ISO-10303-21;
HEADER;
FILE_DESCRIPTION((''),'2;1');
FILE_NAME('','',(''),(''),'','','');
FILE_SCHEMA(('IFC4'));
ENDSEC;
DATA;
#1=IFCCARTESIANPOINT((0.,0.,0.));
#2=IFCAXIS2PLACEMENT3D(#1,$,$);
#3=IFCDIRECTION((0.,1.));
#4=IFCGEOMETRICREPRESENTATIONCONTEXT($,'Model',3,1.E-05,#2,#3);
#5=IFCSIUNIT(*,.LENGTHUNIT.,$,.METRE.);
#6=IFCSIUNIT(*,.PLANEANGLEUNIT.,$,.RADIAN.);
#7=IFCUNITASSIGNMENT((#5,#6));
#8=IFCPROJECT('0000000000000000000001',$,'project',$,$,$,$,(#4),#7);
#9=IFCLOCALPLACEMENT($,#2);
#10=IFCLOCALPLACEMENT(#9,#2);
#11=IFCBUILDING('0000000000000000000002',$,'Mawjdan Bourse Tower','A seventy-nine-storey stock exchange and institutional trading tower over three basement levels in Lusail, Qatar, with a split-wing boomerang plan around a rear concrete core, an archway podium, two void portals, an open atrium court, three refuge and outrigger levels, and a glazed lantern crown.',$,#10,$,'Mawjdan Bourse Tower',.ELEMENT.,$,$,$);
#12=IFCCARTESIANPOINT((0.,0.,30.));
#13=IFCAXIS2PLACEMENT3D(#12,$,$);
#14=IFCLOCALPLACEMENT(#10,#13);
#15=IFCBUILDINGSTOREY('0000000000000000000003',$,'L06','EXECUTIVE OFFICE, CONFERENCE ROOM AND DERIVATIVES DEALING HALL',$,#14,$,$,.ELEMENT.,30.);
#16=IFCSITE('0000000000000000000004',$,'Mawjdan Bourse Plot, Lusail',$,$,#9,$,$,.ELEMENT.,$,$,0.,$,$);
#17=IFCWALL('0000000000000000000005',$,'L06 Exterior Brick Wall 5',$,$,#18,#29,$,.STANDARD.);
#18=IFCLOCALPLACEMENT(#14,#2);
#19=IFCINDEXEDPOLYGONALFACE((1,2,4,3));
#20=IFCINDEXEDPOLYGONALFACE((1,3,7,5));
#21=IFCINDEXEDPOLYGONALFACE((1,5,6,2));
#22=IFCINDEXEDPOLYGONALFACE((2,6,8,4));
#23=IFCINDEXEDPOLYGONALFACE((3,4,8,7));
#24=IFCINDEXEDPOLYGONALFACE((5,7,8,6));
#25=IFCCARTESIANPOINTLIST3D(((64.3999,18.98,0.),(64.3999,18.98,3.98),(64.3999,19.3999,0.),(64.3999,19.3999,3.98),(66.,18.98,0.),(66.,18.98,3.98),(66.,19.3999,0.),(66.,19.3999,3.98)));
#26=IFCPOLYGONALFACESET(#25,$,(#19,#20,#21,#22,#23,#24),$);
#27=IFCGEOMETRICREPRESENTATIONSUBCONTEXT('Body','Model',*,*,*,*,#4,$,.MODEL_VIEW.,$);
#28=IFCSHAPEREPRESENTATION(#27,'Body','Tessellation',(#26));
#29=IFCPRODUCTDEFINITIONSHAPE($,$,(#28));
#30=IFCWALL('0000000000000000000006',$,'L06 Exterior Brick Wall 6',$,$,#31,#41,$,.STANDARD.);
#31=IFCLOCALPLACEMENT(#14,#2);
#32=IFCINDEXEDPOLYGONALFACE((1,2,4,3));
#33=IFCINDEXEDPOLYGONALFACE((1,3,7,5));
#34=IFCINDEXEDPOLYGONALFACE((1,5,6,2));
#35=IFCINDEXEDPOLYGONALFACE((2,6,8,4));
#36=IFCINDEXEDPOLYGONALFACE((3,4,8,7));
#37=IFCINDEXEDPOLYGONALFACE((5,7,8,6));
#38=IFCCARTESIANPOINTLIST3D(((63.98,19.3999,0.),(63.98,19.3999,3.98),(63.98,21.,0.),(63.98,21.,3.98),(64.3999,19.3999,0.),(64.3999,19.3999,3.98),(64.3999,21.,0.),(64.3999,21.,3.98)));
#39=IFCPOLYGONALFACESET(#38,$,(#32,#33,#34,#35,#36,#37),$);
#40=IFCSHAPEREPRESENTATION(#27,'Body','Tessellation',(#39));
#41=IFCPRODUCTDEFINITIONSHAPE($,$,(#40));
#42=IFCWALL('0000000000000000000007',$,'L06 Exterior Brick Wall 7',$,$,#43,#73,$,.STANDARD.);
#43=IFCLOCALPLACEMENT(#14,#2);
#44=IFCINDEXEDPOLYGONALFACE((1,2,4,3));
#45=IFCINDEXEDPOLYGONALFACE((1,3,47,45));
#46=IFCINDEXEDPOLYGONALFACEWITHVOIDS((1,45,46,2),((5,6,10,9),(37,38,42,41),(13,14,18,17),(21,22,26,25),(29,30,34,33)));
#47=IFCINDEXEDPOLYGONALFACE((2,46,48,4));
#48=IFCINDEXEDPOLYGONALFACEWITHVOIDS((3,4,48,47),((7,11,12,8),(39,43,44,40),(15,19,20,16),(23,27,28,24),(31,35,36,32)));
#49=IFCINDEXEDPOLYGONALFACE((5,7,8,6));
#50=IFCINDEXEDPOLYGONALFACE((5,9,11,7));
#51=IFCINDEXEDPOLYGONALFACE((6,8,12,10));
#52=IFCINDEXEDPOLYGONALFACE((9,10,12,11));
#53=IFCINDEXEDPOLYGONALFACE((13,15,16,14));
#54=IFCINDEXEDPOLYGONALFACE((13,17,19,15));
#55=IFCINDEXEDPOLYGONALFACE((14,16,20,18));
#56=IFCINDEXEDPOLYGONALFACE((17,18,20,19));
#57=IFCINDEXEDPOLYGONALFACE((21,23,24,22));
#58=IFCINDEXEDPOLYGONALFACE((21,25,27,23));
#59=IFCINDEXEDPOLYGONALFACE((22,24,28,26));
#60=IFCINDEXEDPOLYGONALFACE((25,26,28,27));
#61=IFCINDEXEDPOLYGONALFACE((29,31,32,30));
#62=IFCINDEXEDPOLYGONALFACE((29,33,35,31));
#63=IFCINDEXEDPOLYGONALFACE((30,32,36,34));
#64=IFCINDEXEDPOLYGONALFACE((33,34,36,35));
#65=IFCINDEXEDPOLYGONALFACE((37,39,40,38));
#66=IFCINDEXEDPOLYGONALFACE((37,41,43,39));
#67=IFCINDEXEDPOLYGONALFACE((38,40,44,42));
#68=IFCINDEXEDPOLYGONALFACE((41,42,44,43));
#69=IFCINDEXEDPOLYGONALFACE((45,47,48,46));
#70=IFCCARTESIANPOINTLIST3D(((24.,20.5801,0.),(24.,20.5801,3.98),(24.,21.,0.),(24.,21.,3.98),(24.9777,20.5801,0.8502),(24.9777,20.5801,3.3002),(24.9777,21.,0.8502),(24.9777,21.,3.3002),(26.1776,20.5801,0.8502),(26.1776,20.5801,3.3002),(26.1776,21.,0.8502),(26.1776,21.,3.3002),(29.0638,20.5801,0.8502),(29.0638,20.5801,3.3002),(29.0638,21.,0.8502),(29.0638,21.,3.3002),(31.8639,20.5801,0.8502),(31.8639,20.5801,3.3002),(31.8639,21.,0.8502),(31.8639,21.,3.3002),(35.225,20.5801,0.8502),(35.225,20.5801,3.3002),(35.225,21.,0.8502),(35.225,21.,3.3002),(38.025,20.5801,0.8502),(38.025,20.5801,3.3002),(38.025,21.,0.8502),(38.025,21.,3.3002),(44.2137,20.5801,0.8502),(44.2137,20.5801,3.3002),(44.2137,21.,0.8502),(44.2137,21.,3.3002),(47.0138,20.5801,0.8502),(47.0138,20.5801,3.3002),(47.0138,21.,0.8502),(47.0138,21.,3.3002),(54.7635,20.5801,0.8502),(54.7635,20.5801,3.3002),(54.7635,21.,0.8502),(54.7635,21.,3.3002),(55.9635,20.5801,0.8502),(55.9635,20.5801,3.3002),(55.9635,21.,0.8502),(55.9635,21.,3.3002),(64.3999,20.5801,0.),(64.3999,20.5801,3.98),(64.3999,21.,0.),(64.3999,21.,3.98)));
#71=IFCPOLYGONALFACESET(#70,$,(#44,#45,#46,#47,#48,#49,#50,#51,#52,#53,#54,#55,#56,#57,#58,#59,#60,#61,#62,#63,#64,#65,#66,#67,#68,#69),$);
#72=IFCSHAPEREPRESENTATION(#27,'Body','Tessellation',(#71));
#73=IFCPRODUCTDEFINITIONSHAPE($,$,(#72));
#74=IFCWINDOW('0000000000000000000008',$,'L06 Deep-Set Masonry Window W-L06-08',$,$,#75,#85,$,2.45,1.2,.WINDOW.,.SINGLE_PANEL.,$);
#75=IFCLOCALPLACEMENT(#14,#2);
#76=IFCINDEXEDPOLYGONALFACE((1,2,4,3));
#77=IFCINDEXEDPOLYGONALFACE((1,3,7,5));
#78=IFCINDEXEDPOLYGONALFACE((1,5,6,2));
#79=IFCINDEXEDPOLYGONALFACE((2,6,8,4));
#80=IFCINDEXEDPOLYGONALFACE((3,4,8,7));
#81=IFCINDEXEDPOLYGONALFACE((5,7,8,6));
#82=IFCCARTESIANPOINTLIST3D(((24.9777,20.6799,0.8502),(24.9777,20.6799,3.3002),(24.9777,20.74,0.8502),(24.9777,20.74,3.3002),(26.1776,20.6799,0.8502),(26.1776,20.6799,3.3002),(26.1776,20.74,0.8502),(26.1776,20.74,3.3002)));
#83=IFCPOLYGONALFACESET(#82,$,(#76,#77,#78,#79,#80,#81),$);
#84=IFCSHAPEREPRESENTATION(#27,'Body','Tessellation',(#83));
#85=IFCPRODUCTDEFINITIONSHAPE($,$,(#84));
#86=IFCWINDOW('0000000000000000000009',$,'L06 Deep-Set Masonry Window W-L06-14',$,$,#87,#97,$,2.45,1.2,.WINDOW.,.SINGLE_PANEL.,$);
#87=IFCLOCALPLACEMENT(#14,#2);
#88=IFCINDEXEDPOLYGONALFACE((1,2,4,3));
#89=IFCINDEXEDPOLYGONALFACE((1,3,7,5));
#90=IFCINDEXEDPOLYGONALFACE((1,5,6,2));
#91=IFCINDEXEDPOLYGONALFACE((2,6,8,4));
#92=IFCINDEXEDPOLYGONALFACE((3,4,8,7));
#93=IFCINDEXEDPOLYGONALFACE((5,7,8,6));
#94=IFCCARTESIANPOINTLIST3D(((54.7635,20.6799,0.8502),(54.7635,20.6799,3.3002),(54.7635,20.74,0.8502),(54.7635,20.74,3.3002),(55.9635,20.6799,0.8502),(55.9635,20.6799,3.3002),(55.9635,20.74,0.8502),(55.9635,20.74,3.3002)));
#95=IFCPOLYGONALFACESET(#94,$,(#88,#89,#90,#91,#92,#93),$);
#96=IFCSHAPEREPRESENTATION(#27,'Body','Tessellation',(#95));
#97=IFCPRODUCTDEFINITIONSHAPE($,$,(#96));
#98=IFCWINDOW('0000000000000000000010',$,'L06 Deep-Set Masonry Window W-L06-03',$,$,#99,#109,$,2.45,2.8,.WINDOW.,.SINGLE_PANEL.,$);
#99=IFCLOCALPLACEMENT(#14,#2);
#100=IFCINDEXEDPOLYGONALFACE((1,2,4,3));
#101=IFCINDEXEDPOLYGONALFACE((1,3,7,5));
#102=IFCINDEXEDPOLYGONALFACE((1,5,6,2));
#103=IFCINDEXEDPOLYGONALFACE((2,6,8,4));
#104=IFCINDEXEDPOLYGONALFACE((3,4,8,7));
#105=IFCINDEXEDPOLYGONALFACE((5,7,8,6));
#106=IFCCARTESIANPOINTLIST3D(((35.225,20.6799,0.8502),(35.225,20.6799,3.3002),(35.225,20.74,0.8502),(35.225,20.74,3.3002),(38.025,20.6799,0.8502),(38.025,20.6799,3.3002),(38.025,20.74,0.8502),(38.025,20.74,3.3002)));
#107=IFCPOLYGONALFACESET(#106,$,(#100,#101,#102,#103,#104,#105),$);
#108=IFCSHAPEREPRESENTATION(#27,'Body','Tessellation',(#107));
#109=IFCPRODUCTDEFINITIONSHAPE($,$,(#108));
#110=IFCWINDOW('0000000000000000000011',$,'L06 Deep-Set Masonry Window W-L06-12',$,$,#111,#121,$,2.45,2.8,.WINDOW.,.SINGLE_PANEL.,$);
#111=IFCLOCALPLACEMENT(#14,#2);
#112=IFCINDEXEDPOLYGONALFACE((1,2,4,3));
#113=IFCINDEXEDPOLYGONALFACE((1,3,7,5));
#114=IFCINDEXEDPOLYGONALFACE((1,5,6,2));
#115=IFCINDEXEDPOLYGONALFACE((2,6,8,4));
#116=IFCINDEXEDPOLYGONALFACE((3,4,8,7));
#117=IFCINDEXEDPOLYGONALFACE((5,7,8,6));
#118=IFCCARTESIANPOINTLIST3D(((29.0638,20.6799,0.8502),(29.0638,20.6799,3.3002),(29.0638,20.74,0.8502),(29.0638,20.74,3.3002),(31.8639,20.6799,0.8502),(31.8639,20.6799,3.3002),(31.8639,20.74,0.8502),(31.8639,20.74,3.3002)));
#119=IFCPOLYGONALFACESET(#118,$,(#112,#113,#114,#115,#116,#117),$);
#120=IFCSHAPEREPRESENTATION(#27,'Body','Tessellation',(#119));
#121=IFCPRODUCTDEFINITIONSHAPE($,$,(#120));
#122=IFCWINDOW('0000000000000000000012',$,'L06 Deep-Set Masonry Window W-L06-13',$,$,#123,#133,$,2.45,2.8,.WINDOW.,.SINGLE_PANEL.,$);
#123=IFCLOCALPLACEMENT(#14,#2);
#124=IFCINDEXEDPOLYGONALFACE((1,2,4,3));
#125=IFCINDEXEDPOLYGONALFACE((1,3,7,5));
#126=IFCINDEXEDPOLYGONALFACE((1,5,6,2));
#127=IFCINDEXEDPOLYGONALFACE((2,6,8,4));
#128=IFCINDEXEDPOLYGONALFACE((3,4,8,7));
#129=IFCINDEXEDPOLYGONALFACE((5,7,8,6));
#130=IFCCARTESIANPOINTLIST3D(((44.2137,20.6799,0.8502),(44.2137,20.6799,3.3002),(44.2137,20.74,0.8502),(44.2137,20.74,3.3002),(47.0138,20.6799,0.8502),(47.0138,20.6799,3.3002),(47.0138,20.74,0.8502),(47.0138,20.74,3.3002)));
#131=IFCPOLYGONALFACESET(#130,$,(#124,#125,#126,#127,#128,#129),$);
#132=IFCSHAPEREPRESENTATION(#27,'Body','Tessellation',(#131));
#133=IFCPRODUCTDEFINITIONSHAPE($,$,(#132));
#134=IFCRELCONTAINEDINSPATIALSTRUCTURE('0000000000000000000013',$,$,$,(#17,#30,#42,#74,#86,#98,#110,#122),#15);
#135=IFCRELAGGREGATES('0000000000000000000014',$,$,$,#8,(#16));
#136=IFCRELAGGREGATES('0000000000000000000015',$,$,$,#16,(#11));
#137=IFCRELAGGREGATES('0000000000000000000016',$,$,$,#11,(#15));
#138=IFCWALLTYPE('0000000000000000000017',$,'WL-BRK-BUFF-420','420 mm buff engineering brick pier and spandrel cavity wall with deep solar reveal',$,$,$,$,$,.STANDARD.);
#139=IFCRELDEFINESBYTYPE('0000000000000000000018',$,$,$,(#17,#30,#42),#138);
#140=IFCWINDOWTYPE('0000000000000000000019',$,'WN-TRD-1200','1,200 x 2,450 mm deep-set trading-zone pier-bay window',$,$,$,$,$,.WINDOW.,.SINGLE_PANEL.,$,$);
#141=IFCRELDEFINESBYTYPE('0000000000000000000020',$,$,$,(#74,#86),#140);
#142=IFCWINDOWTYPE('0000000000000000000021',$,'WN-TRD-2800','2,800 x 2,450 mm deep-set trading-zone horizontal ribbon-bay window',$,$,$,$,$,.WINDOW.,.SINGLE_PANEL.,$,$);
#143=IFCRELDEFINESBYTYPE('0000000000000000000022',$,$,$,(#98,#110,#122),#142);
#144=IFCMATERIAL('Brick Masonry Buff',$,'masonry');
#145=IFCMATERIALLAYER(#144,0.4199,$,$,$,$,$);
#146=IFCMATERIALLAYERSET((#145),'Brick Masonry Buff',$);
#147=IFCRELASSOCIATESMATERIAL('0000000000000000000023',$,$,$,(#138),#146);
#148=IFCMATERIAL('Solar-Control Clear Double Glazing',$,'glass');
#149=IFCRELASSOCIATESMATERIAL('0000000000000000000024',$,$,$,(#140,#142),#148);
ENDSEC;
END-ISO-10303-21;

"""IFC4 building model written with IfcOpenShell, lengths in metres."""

from ifc_helpers import new_model, si_unit, direction, frame, frame_2d, origin, place, context, subcontext, project, spatial, rectangle, extrude, material, layer, layer_set, type_object, element, fill, save


model = new_model("IFC4")

# Units and contexts
model_context = context("Model", 3, precision=1e-05, world=origin(), true_north=direction((0.0, 1.0)))
body_context = subcontext(model_context, "Body", "Model", "MODEL_VIEW")
ifc_project = project(units=[si_unit("LENGTHUNIT", "METRE"), si_unit("PLANEANGLEUNIT", "RADIAN")], contexts=[model_context])

# Site, building, storey
site_placement = place(None, origin())
site = spatial("IfcSite", under=ifc_project, at=site_placement, Name="Mawjdan Bourse Plot, Lusail", CompositionType="ELEMENT", RefElevation=0.0)
building_placement = place(site_placement, origin())
building = spatial("IfcBuilding", under=site, at=building_placement, Name="Mawjdan Bourse Tower", Description="A seventy-nine-storey stock exchange and institutional trading tower over three basement levels in Lusail, Qatar, with a split-wing boomerang plan around a rear concrete core, an archway podium, two void portals, an open atrium court, three refuge and outrigger levels, and a glazed lantern crown.", LongName="Mawjdan Bourse Tower", CompositionType="ELEMENT")
storey_placement = place(building_placement, frame((0.0, 0.0, 30.0)))
storey = spatial("IfcBuildingStorey", under=building, at=storey_placement, Name="L06", Description="EXECUTIVE OFFICE, CONFERENCE ROOM AND DERIVATIVES DEALING HALL", CompositionType="ELEMENT", Elevation=30.0)

# Walls
ifc_material_1 = material(Name="Brick Masonry Buff", Category="masonry")
ifc_layer = layer(ifc_material_1, 0.4199)
ifc_layer_set = layer_set([ifc_layer], Name="Brick Masonry Buff")
wall_type = type_object("IfcWallType", Name="WL-BRK-BUFF-420", Description="420 mm buff engineering brick pier and spandrel cavity wall with deep solar reveal", PredefinedType="STANDARD", material=ifc_layer_set)
for number, where, z_axis, x_axis, name in (
    (1, (66.0, 19.1899, 0.0), (0.0, 0.0, 1.0), (-1.0, 0.0, 0.0), "L06 Exterior Brick Wall 5"),
    (2, (64.1899, 19.3999, 0.0), (0.0, 0.0, 1.0), (0.0, 1.0, 0.0), "L06 Exterior Brick Wall 6"),
):
    element("IfcWall", number, at=place(storey_placement, frame(where, z_axis=z_axis, x_axis=x_axis)), inside=storey, type_object=wall_type, Name=name, PredefinedType="STANDARD", context=body_context, shape_type="SweptSolid", body=[
        extrude(rectangle(XDim=1.6001, YDim=0.4199, at=frame_2d((0.8, 0.0))), origin(), (0.0, 0.0, 1.0), 3.98),
    ])

# Wall, openings, windows
wall_placement = place(storey_placement, frame((64.3999, 20.79, 0.0), z_axis=(0.0, 0.0, 1.0), x_axis=(-1.0, 0.0, 0.0)))
wall = element("IfcWall", 3, at=wall_placement, inside=storey, type_object=wall_type, Name="L06 Exterior Brick Wall 7", PredefinedType="STANDARD", context=body_context, shape_type="SweptSolid", body=[
    extrude(rectangle(XDim=40.3999, YDim=0.4199, at=frame_2d((20.2, 0.0))), origin(), (0.0, 0.0, 1.0), 3.98),
])
opening_1_placement = place(wall_placement, frame((26.375, 0.0, 0.8501)))
opening_1 = element("IfcOpeningElement", 4, at=opening_1_placement, cuts=wall, PredefinedType="OPENING", context=body_context, shape_type="SweptSolid", body=[
    extrude(rectangle(XDim=2.8, YDim=2.45, at=frame_2d((1.3999, 1.2251))), frame((0.0, 0.22, 0.0), z_axis=(0.0, -1.0, 0.0), x_axis=(1.0, 0.0, 0.0)), (0.0, 0.0, 1.0), 0.4399),
])
opening_2_placement = place(wall_placement, frame((38.2222, 0.0, 0.8501)))
opening_2 = element("IfcOpeningElement", 5, at=opening_2_placement, cuts=wall, PredefinedType="OPENING", context=body_context, shape_type="SweptSolid", body=[
    extrude(rectangle(XDim=1.2, YDim=2.45, at=frame_2d((0.6001, 1.2251))), frame((0.0, 0.22, 0.0), z_axis=(0.0, -1.0, 0.0), x_axis=(1.0, 0.0, 0.0)), (0.0, 0.0, 1.0), 0.4399),
])
opening_3_placement = place(wall_placement, frame((32.5361, 0.0, 0.8501)))
opening_3 = element("IfcOpeningElement", 6, at=opening_3_placement, cuts=wall, PredefinedType="OPENING", context=body_context, shape_type="SweptSolid", body=[
    extrude(rectangle(XDim=2.8, YDim=2.45, at=frame_2d((1.3999, 1.2251))), frame((0.0, 0.22, 0.0), z_axis=(0.0, -1.0, 0.0), x_axis=(1.0, 0.0, 0.0)), (0.0, 0.0, 1.0), 0.4399),
])
opening_4_placement = place(wall_placement, frame((17.3862, 0.0, 0.8501)))
opening_4 = element("IfcOpeningElement", 7, at=opening_4_placement, cuts=wall, PredefinedType="OPENING", context=body_context, shape_type="SweptSolid", body=[
    extrude(rectangle(XDim=2.8, YDim=2.45, at=frame_2d((1.3999, 1.2251))), frame((0.0, 0.22, 0.0), z_axis=(0.0, -1.0, 0.0), x_axis=(1.0, 0.0, 0.0)), (0.0, 0.0, 1.0), 0.4399),
])
opening_5_placement = place(wall_placement, frame((8.4363, 0.0, 0.8501)))
opening_5 = element("IfcOpeningElement", 8, at=opening_5_placement, cuts=wall, PredefinedType="OPENING", context=body_context, shape_type="SweptSolid", body=[
    extrude(rectangle(XDim=1.2, YDim=2.45, at=frame_2d((0.6001, 1.2251))), frame((0.0, 0.22, 0.0), z_axis=(0.0, -1.0, 0.0), x_axis=(1.0, 0.0, 0.0)), (0.0, 0.0, 1.0), 0.4399),
])
ifc_material_2 = material(Name="Solar-Control Clear Double Glazing", Category="glass")
window_type_1 = type_object("IfcWindowType", Name="WN-TRD-1200", Description="1,200 x 2,450 mm deep-set trading-zone pier-bay window", PartitioningType="SINGLE_PANEL", PredefinedType="WINDOW", material=ifc_material_2)
window_1_placement = place(opening_2_placement, origin())
window_1 = element("IfcWindow", 9, at=window_1_placement, inside=storey, type_object=window_type_1, Name="L06 Deep-Set Masonry Window W-L06-08", OverallHeight=2.45, OverallWidth=1.2, PartitioningType="SINGLE_PANEL", PredefinedType="WINDOW", context=body_context, shape_type="SweptSolid", body=[
    extrude(rectangle(XDim=1.2, YDim=2.45, at=frame_2d((0.6001, 1.2251))), frame((0.0, 0.1101, 0.0), z_axis=(0.0, -1.0, 0.0), x_axis=(1.0, 0.0, 0.0)), (0.0, 0.0, 1.0), 0.0601),
])
fill(opening_2, window_1)
window_2_placement = place(opening_5_placement, origin())
window_2 = element("IfcWindow", 10, at=window_2_placement, inside=storey, type_object=window_type_1, Name="L06 Deep-Set Masonry Window W-L06-14", OverallHeight=2.45, OverallWidth=1.2, PartitioningType="SINGLE_PANEL", PredefinedType="WINDOW", context=body_context, shape_type="SweptSolid", body=[
    extrude(rectangle(XDim=1.2, YDim=2.45, at=frame_2d((0.6001, 1.2251))), frame((0.0, 0.1101, 0.0), z_axis=(0.0, -1.0, 0.0), x_axis=(1.0, 0.0, 0.0)), (0.0, 0.0, 1.0), 0.0601),
])
fill(opening_5, window_2)
window_type_2 = type_object("IfcWindowType", Name="WN-TRD-2800", Description="2,800 x 2,450 mm deep-set trading-zone horizontal ribbon-bay window", PartitioningType="SINGLE_PANEL", PredefinedType="WINDOW", material=ifc_material_2)
window_3_placement = place(opening_1_placement, origin())
window_3 = element("IfcWindow", 11, at=window_3_placement, inside=storey, type_object=window_type_2, Name="L06 Deep-Set Masonry Window W-L06-03", OverallHeight=2.45, OverallWidth=2.8, PartitioningType="SINGLE_PANEL", PredefinedType="WINDOW", context=body_context, shape_type="SweptSolid", body=[
    extrude(rectangle(XDim=2.8, YDim=2.45, at=frame_2d((1.3999, 1.2251))), frame((0.0, 0.1101, 0.0), z_axis=(0.0, -1.0, 0.0), x_axis=(1.0, 0.0, 0.0)), (0.0, 0.0, 1.0), 0.0601),
])
fill(opening_1, window_3)
window_4_placement = place(opening_3_placement, origin())
window_4 = element("IfcWindow", 12, at=window_4_placement, inside=storey, type_object=window_type_2, Name="L06 Deep-Set Masonry Window W-L06-12", OverallHeight=2.45, OverallWidth=2.8, PartitioningType="SINGLE_PANEL", PredefinedType="WINDOW", context=body_context, shape_type="SweptSolid", body=[
    extrude(rectangle(XDim=2.8, YDim=2.45, at=frame_2d((1.3999, 1.2251))), frame((0.0, 0.1101, 0.0), z_axis=(0.0, -1.0, 0.0), x_axis=(1.0, 0.0, 0.0)), (0.0, 0.0, 1.0), 0.0601),
])
fill(opening_3, window_4)
window_5_placement = place(opening_4_placement, origin())
window_5 = element("IfcWindow", 13, at=window_5_placement, inside=storey, type_object=window_type_2, Name="L06 Deep-Set Masonry Window W-L06-13", OverallHeight=2.45, OverallWidth=2.8, PartitioningType="SINGLE_PANEL", PredefinedType="WINDOW", context=body_context, shape_type="SweptSolid", body=[
    extrude(rectangle(XDim=2.8, YDim=2.45, at=frame_2d((1.3999, 1.2251))), frame((0.0, 0.1101, 0.0), z_axis=(0.0, -1.0, 0.0), x_axis=(1.0, 0.0, 0.0)), (0.0, 0.0, 1.0), 0.0601),
])
fill(opening_4, window_5)

save(model, "model.ifc")
